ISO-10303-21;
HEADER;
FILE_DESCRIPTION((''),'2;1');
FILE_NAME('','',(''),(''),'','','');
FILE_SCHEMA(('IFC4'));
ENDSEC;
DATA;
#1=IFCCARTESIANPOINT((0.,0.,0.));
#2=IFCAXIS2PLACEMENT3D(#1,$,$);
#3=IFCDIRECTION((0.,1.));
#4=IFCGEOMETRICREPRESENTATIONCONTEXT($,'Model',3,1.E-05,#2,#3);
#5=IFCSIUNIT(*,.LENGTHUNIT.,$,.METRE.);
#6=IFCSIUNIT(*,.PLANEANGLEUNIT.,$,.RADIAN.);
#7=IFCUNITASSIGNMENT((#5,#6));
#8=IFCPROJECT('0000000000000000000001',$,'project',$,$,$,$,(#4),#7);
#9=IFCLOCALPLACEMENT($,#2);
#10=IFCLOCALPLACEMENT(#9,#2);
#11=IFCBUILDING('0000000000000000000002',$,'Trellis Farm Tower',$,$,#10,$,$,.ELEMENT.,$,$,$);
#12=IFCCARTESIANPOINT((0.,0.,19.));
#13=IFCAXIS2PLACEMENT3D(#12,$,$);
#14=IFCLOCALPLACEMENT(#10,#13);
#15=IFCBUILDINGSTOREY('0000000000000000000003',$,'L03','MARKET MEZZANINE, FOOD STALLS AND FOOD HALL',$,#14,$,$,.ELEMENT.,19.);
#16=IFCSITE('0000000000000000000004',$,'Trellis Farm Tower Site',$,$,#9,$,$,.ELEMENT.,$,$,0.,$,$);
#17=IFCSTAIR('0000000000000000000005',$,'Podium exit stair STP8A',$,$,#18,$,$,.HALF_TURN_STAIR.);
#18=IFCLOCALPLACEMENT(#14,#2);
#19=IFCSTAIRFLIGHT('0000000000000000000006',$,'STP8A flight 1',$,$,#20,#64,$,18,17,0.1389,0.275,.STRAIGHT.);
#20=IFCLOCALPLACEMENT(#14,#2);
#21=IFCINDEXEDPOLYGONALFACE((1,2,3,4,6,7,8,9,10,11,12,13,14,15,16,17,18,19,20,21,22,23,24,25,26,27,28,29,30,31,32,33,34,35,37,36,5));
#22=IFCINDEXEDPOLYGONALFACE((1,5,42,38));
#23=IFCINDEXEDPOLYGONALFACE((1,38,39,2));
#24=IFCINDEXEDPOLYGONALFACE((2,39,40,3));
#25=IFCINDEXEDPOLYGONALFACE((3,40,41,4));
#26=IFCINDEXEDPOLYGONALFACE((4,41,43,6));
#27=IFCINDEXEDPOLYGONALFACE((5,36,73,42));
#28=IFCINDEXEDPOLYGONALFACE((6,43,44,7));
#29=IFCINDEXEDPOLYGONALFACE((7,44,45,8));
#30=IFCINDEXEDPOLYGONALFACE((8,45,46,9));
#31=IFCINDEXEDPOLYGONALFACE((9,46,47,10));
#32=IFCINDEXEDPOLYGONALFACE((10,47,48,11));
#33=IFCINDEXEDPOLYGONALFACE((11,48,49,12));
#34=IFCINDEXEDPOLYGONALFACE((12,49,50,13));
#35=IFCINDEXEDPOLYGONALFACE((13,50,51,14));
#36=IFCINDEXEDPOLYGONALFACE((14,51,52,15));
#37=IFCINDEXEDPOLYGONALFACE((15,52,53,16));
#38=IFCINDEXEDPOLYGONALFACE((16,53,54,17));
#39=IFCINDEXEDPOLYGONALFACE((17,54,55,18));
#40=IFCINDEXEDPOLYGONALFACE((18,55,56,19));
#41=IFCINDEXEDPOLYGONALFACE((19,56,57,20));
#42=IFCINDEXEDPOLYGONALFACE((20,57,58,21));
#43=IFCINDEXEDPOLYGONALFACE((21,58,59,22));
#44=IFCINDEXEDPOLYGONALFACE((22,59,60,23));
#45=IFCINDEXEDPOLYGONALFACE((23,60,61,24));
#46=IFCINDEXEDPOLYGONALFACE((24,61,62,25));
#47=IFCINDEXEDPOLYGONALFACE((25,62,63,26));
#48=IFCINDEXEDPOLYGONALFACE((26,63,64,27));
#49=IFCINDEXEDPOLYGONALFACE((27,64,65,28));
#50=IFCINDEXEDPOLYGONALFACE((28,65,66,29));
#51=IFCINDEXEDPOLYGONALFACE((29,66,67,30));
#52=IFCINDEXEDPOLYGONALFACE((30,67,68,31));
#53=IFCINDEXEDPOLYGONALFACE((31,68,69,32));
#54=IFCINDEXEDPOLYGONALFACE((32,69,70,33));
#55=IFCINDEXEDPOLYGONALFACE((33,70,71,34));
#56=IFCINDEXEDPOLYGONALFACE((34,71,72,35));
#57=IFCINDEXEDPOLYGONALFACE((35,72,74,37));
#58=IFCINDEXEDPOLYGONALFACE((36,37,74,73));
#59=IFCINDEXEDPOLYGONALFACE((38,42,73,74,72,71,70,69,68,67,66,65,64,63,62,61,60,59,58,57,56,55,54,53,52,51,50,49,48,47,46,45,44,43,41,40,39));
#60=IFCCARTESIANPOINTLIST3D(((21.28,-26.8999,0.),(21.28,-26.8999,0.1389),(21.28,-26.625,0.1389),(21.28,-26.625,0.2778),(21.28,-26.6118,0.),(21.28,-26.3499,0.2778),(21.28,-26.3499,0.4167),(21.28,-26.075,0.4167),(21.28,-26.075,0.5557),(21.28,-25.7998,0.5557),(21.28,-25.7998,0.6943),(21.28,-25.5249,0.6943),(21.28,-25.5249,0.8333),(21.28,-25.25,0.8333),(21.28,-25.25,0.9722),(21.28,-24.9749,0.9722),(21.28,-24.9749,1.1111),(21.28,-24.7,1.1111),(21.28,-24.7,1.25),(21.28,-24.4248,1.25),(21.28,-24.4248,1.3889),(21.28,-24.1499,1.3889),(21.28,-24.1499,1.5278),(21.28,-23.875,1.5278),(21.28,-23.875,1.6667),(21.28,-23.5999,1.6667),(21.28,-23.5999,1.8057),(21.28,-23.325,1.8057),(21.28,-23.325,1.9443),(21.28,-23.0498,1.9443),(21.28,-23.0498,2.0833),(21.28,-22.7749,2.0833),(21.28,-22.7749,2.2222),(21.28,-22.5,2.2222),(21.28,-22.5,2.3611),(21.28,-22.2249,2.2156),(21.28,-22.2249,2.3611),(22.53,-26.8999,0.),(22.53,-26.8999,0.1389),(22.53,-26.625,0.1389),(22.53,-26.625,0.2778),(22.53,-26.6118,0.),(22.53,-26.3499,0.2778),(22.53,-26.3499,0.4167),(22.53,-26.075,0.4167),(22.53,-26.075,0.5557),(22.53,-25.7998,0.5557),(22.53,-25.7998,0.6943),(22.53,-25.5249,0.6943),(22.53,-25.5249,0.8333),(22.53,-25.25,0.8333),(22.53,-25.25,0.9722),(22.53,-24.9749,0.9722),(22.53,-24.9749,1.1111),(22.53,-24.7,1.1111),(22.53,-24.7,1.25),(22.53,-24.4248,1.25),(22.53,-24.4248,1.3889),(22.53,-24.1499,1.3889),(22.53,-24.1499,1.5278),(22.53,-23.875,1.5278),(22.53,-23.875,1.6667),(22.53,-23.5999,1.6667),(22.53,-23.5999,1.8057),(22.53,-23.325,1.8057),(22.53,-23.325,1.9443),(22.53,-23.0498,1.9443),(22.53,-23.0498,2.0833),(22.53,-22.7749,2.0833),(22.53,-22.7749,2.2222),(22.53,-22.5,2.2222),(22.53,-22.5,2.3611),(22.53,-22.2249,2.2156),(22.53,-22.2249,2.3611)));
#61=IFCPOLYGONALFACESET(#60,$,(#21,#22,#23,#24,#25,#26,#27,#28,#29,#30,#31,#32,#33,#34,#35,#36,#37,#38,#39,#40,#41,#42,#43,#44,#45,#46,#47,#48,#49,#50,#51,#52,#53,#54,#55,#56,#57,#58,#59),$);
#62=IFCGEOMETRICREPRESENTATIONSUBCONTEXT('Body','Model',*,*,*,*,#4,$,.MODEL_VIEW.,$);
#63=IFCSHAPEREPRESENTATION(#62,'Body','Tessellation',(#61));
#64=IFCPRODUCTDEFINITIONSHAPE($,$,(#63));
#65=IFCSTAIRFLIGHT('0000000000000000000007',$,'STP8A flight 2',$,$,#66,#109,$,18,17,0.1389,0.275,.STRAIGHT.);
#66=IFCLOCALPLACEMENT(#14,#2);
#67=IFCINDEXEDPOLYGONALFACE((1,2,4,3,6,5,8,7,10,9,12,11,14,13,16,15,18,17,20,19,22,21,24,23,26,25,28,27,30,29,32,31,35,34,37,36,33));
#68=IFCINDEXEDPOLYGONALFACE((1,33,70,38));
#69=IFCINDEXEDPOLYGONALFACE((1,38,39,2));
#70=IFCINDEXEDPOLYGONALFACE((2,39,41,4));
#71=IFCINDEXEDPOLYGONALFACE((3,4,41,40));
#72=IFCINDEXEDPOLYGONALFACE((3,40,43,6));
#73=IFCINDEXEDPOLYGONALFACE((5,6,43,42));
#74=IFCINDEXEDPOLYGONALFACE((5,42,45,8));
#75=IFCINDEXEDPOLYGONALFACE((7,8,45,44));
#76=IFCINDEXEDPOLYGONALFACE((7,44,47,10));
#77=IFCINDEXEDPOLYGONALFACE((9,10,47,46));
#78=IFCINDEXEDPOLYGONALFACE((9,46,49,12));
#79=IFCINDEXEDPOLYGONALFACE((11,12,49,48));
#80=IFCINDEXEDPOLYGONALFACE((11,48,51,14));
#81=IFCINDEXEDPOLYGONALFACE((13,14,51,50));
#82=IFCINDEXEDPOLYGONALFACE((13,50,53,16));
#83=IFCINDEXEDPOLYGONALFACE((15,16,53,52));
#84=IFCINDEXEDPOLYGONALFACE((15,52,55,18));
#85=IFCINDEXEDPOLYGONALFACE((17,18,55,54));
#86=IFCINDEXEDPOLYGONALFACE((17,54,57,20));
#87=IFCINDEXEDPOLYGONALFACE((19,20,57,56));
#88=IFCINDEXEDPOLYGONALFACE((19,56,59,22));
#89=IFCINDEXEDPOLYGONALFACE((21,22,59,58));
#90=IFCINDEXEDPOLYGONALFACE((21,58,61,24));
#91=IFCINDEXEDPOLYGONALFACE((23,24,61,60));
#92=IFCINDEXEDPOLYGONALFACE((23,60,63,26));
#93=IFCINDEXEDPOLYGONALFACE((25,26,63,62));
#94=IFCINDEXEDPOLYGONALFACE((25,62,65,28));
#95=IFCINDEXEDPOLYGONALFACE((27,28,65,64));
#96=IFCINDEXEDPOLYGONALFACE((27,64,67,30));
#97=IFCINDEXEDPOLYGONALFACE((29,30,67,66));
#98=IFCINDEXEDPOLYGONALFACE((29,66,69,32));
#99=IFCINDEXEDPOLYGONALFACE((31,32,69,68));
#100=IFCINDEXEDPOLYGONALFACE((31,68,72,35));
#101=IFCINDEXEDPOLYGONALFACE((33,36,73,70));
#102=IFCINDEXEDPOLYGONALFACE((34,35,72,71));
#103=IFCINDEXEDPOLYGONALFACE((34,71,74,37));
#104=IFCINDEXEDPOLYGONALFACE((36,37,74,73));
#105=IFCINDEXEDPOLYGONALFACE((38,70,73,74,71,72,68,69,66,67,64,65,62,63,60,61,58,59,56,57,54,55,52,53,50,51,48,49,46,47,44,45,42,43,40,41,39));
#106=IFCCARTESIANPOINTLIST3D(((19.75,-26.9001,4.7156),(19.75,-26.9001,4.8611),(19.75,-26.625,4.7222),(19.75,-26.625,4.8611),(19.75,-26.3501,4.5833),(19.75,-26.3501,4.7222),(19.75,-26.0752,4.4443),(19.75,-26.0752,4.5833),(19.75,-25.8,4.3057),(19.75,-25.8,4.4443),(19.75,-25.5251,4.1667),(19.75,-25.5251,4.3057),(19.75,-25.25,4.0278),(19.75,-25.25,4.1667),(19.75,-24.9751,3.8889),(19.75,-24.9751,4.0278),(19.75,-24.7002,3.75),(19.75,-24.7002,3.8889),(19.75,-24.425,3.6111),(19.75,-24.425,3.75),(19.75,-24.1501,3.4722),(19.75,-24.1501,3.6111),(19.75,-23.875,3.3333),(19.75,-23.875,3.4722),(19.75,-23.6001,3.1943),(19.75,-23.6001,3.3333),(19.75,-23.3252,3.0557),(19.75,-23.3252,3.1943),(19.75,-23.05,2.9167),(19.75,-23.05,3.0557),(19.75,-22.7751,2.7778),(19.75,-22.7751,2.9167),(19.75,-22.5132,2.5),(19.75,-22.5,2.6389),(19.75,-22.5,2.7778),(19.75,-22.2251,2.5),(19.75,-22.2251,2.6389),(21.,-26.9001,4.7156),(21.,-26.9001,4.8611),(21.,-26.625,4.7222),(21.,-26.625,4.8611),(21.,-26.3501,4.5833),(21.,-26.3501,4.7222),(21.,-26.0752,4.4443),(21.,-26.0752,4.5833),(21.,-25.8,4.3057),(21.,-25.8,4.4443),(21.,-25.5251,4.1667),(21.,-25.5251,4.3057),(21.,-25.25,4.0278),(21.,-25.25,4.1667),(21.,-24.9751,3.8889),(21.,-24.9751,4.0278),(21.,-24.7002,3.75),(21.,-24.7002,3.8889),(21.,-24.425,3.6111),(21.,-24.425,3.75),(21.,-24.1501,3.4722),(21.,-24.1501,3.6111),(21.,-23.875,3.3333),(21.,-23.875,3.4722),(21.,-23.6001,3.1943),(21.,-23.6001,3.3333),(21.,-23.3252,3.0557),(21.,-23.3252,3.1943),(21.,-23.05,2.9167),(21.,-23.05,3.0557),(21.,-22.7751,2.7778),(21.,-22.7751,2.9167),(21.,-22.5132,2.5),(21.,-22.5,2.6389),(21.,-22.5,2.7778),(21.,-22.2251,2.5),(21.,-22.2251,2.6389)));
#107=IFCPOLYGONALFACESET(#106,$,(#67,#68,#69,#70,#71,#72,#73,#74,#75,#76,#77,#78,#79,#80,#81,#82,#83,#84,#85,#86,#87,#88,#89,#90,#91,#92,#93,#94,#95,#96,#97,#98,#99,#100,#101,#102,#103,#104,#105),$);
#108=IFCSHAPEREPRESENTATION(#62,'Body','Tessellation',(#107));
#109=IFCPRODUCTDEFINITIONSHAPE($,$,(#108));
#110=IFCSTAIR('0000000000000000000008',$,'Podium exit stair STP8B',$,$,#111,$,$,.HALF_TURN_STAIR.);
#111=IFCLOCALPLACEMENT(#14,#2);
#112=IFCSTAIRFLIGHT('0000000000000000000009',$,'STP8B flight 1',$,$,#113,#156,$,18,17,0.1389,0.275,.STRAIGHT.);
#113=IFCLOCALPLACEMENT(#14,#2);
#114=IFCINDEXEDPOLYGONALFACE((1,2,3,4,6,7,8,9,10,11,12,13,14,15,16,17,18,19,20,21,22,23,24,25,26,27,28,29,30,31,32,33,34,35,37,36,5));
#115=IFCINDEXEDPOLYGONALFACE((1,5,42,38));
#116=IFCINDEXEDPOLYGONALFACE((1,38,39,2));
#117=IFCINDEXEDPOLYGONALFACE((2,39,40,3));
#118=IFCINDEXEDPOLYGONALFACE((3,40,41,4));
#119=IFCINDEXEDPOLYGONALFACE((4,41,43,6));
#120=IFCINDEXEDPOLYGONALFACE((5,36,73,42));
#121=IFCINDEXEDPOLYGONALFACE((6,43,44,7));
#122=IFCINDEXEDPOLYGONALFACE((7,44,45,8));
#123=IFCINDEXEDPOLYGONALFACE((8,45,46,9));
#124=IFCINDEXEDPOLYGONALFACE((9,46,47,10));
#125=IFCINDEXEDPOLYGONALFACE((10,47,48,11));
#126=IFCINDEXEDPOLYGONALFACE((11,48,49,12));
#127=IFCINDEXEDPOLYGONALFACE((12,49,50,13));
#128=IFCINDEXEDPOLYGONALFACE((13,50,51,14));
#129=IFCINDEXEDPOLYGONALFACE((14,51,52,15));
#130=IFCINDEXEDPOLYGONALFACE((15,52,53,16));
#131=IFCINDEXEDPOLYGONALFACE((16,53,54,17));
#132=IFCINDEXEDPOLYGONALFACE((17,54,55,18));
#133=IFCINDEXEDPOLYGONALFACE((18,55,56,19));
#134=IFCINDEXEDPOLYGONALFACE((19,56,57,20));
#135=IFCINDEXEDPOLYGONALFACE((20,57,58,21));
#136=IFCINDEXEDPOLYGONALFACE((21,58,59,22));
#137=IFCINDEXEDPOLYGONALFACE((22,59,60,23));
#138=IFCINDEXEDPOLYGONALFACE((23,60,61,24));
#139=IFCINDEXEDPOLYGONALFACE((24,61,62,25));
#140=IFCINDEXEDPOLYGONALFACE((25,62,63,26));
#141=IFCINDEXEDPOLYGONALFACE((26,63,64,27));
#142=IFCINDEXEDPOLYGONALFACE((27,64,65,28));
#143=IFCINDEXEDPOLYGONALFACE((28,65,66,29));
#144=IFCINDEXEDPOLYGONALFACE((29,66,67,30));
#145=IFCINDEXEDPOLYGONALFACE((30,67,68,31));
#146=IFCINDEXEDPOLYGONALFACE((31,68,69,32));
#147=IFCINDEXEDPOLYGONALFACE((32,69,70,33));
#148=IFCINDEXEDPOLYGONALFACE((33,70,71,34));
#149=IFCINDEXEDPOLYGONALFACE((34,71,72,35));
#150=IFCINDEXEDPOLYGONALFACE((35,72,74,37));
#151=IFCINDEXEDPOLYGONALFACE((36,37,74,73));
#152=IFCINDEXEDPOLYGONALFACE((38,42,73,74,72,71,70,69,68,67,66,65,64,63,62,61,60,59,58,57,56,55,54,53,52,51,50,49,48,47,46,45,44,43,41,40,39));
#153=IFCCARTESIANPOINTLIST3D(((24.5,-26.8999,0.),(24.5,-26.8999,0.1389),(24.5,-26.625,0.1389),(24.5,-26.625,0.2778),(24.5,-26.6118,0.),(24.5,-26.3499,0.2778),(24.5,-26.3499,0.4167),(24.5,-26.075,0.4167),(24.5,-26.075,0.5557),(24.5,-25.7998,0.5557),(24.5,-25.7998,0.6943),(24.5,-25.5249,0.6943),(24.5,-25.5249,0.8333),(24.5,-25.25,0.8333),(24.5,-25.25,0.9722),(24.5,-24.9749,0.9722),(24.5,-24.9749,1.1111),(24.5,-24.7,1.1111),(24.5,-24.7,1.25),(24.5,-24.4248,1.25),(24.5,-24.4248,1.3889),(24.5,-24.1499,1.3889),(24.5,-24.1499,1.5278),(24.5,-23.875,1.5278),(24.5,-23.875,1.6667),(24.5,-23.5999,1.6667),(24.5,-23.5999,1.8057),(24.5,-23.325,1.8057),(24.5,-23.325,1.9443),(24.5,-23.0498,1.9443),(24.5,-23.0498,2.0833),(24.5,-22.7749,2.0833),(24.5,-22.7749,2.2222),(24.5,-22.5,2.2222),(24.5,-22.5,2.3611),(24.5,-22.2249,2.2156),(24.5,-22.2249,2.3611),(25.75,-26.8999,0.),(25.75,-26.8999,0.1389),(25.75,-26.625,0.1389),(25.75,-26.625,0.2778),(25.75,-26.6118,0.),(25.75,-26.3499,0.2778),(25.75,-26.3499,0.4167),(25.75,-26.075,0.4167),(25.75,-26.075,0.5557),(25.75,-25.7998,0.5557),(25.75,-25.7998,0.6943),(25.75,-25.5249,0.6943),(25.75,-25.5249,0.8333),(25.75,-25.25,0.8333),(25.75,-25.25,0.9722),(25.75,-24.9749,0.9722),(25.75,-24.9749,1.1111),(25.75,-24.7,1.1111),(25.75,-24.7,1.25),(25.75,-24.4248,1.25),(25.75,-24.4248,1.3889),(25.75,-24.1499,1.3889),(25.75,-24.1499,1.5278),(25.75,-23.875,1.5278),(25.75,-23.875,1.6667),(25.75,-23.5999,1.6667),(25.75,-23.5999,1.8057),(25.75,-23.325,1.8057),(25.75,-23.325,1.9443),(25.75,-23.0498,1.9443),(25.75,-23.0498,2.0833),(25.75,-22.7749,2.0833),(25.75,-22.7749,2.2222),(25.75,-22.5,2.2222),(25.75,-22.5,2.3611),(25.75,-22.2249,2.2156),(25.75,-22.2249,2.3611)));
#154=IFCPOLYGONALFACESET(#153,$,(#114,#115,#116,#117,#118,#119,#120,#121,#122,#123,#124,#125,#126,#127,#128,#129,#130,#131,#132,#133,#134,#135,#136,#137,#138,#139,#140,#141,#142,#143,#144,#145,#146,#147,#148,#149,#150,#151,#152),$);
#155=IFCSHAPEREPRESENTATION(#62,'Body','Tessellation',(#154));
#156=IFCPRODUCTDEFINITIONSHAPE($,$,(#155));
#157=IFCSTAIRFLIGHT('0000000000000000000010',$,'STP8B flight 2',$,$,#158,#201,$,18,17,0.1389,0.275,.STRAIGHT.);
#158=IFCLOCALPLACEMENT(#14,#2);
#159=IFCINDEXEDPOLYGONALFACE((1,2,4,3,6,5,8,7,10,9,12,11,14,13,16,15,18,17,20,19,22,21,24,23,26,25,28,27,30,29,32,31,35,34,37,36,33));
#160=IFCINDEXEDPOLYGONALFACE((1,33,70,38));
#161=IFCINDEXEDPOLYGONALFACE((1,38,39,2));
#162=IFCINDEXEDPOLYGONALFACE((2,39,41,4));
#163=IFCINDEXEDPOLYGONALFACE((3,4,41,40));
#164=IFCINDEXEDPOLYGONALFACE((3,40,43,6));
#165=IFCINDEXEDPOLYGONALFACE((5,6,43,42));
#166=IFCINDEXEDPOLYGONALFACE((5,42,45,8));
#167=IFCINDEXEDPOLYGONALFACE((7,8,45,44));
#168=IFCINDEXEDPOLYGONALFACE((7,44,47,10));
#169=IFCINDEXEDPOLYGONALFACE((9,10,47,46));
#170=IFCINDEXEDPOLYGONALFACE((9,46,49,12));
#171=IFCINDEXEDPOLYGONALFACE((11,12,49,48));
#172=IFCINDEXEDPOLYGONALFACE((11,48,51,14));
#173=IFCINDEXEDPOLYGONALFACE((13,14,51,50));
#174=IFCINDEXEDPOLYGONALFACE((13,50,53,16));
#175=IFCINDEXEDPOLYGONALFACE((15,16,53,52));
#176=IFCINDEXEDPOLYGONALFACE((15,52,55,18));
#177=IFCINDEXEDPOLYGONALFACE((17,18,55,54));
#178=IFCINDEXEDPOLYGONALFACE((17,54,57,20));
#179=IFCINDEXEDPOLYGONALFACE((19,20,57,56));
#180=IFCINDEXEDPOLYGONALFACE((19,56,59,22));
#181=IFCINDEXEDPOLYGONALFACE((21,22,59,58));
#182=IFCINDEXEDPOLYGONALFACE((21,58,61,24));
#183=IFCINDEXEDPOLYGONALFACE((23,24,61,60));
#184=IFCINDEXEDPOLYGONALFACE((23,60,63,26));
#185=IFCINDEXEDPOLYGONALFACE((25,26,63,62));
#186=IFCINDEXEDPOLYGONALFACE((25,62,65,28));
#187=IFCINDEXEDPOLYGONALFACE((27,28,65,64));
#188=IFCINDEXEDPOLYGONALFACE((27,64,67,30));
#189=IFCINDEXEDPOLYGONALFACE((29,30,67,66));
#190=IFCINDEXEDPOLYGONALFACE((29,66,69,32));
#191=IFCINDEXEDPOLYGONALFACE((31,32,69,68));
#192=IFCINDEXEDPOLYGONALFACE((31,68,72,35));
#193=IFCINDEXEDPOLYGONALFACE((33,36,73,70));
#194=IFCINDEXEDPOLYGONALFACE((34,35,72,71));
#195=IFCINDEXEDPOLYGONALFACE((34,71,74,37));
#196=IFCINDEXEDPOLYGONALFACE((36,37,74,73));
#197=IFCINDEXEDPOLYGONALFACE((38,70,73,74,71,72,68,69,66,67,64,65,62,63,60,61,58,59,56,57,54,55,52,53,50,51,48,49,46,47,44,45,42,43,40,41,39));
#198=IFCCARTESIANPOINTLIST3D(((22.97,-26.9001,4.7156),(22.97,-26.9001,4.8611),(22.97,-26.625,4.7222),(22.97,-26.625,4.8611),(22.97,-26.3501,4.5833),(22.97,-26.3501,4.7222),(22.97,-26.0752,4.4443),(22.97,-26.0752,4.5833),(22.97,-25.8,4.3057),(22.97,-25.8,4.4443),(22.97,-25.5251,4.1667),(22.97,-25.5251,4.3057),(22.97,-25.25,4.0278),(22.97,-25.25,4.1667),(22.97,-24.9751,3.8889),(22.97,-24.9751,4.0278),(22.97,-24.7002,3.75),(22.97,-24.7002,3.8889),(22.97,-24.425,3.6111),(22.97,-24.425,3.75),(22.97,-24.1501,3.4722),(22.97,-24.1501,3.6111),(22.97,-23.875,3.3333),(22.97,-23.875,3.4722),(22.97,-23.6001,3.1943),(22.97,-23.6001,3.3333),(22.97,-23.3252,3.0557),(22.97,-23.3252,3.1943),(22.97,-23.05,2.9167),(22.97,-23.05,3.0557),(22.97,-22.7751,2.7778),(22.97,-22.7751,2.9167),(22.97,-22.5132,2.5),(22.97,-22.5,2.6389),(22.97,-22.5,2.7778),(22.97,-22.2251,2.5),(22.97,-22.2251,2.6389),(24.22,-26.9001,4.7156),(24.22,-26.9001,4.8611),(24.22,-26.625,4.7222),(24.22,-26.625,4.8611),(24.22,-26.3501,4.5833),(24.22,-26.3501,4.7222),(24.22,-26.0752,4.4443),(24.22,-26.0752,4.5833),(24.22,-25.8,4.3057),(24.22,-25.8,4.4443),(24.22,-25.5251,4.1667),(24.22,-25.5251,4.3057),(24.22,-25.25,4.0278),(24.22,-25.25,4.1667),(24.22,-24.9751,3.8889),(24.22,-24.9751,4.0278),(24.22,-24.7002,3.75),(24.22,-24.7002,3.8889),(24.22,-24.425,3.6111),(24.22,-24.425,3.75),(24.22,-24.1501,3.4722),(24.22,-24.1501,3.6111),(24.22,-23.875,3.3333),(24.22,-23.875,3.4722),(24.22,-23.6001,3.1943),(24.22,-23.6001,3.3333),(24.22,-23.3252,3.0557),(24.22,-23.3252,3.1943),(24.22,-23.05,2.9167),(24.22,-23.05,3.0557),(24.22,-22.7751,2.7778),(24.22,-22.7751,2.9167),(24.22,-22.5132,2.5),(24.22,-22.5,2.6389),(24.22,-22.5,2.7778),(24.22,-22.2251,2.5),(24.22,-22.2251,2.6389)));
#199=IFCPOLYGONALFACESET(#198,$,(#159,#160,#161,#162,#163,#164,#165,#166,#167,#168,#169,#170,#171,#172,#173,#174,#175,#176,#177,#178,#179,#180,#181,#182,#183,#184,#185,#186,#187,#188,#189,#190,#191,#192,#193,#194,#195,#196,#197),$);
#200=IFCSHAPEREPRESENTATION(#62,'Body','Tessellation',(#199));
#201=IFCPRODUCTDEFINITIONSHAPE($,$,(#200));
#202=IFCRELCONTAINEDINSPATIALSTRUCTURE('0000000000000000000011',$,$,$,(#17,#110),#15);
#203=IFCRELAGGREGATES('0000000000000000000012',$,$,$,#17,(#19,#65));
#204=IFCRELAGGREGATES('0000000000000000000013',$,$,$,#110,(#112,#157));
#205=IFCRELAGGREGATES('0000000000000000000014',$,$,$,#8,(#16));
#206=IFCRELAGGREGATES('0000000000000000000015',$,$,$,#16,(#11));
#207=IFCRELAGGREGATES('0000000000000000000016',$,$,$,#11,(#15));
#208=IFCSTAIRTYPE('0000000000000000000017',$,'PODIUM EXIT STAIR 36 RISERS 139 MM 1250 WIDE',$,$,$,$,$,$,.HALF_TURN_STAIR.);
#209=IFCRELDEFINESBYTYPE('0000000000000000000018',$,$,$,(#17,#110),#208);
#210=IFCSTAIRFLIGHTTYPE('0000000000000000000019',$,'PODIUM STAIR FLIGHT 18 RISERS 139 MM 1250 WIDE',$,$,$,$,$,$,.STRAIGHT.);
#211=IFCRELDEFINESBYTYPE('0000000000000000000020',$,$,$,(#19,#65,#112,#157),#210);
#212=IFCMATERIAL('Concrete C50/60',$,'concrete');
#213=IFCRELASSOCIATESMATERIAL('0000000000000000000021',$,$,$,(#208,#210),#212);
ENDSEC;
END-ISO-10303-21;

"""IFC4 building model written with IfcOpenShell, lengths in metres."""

from ifc_helpers import new_model, si_unit, direction, frame, origin, place, context, subcontext, project, spatial, polyline, outline, extrude, source, transform, mapped, material, type_object, element, aggregate, save


model = new_model("IFC4")

# Units and contexts
model_context = context("Model", 3, precision=1e-05, world=origin(), true_north=direction((0.0, 1.0)))
body_context = subcontext(model_context, "Body", "Model", "MODEL_VIEW")
ifc_project = project(units=[si_unit("LENGTHUNIT", "METRE"), si_unit("PLANEANGLEUNIT", "RADIAN")], contexts=[model_context])

# Site, building, storey
site_placement = place(None, origin())
site = spatial("IfcSite", under=ifc_project, at=site_placement, Name="Trellis Farm Tower Site", CompositionType="ELEMENT", RefElevation=0.0)
building_placement = place(site_placement, origin())
building = spatial("IfcBuilding", under=site, at=building_placement, Name="Trellis Farm Tower", CompositionType="ELEMENT")
storey_placement = place(building_placement, frame((0.0, 0.0, 19.0)))
storey = spatial("IfcBuildingStorey", under=building, at=storey_placement, Name="L03", Description="MARKET MEZZANINE, FOOD STALLS AND FOOD HALL", CompositionType="ELEMENT", Elevation=19.0)

# Stairs, stair flights
ifc_material_1 = material(Name="Concrete C50/60", Category="concrete")
stair_type = type_object("IfcStairType", Name="PODIUM EXIT STAIR 36 RISERS 139 MM 1250 WIDE", PredefinedType="HALF_TURN_STAIR", material=ifc_material_1)
placement = place(storey_placement, origin())
stair_1 = element("IfcStair", 1, at=placement, inside=storey, type_object=stair_type, Name="Podium exit stair STP8A", PredefinedType="HALF_TURN_STAIR")
stair_flight_type = type_object("IfcStairFlightType", Name="PODIUM STAIR FLIGHT 18 RISERS 139 MM 1250 WIDE", PredefinedType="STRAIGHT", material=ifc_material_1)
shared_shape_1 = source(origin(), body_context, "Body", "SweptSolid", [
    extrude(outline(polyline([(0.0, 0.0), (0.0, 0.1389), (0.2749, 0.1389), (0.2749, 0.2778), (0.55, 0.2778), (0.55, 0.4167), (0.825, 0.4167), (0.825, 0.5557), (1.1001, 0.5557), (1.1001, 0.6943), (1.375, 0.6943), (1.375, 0.8333), (1.6499, 0.8333), (1.6499, 0.9722), (1.925, 0.9722), (1.925, 1.1111), (2.2, 1.1111), (2.2, 1.25), (2.4751, 1.25), (2.4751, 1.3889), (2.75, 1.3889), (2.75, 1.5278), (3.0249, 1.5278), (3.0249, 1.6667), (3.3, 1.6667), (3.3, 1.8057), (3.575, 1.8057), (3.575, 1.9443), (3.8501, 1.9443), (3.8501, 2.0833), (4.125, 2.0833), (4.125, 2.2222), (4.3999, 2.2222), (4.3999, 2.3611), (4.675, 2.3611), (4.675, 2.5), (4.675, 2.2156), (0.2881, 0.0), (0.0, 0.0)])), frame((0.0, 0.625, 0.0), z_axis=(0.0, -1.0, 0.0), x_axis=(1.0, 0.0, 0.0)), (0.0, 0.0, 1.0), 1.25),
])
stair_flight_1_placement = place(storey_placement, frame((21.905, -26.8999, 0.0), z_axis=(0.0, 0.0, 1.0), x_axis=(0.0, 1.0, 0.0)))
stair_flight_1 = element("IfcStairFlight", 2, at=stair_flight_1_placement, type_object=stair_flight_type, Name="STP8A flight 1", NumberOfRisers=18, NumberOfTreads=17, PredefinedType="STRAIGHT", RiserHeight=0.1389, TreadLength=0.275, context=body_context, shape_type="MappedRepresentation", body=[
    mapped(shared_shape_1, transform((0.0, 0.0, 0.0))),
])
stair_flight_2_placement = place(storey_placement, frame((20.375, -22.2251, 2.5), z_axis=(0.0, 0.0, 1.0), x_axis=(0.0, -1.0, 0.0)))
stair_flight_2 = element("IfcStairFlight", 3, at=stair_flight_2_placement, type_object=stair_flight_type, Name="STP8A flight 2", NumberOfRisers=18, NumberOfTreads=17, PredefinedType="STRAIGHT", RiserHeight=0.1389, TreadLength=0.275, context=body_context, shape_type="MappedRepresentation", body=[
    mapped(shared_shape_1, transform((0.0, 0.0, 0.0))),
])
aggregate(stair_1, [stair_flight_1, stair_flight_2])
stair_2 = element("IfcStair", 4, at=placement, inside=storey, type_object=stair_type, Name="Podium exit stair STP8B", PredefinedType="HALF_TURN_STAIR")
stair_flight_3_placement = place(storey_placement, frame((25.125, -26.8999, 0.0), z_axis=(0.0, 0.0, 1.0), x_axis=(0.0, 1.0, 0.0)))
stair_flight_3 = element("IfcStairFlight", 5, at=stair_flight_3_placement, type_object=stair_flight_type, Name="STP8B flight 1", NumberOfRisers=18, NumberOfTreads=17, PredefinedType="STRAIGHT", RiserHeight=0.1389, TreadLength=0.275, context=body_context, shape_type="MappedRepresentation", body=[
    mapped(shared_shape_1, transform((0.0, 0.0, 0.0))),
])
stair_flight_4_placement = place(storey_placement, frame((23.595, -22.2251, 2.5), z_axis=(0.0, 0.0, 1.0), x_axis=(0.0, -1.0, 0.0)))
stair_flight_4 = element("IfcStairFlight", 6, at=stair_flight_4_placement, type_object=stair_flight_type, Name="STP8B flight 2", NumberOfRisers=18, NumberOfTreads=17, PredefinedType="STRAIGHT", RiserHeight=0.1389, TreadLength=0.275, context=body_context, shape_type="MappedRepresentation", body=[
    mapped(shared_shape_1, transform((0.0, 0.0, 0.0))),
])
aggregate(stair_2, [stair_flight_3, stair_flight_4])

save(model, "model.ifc")
